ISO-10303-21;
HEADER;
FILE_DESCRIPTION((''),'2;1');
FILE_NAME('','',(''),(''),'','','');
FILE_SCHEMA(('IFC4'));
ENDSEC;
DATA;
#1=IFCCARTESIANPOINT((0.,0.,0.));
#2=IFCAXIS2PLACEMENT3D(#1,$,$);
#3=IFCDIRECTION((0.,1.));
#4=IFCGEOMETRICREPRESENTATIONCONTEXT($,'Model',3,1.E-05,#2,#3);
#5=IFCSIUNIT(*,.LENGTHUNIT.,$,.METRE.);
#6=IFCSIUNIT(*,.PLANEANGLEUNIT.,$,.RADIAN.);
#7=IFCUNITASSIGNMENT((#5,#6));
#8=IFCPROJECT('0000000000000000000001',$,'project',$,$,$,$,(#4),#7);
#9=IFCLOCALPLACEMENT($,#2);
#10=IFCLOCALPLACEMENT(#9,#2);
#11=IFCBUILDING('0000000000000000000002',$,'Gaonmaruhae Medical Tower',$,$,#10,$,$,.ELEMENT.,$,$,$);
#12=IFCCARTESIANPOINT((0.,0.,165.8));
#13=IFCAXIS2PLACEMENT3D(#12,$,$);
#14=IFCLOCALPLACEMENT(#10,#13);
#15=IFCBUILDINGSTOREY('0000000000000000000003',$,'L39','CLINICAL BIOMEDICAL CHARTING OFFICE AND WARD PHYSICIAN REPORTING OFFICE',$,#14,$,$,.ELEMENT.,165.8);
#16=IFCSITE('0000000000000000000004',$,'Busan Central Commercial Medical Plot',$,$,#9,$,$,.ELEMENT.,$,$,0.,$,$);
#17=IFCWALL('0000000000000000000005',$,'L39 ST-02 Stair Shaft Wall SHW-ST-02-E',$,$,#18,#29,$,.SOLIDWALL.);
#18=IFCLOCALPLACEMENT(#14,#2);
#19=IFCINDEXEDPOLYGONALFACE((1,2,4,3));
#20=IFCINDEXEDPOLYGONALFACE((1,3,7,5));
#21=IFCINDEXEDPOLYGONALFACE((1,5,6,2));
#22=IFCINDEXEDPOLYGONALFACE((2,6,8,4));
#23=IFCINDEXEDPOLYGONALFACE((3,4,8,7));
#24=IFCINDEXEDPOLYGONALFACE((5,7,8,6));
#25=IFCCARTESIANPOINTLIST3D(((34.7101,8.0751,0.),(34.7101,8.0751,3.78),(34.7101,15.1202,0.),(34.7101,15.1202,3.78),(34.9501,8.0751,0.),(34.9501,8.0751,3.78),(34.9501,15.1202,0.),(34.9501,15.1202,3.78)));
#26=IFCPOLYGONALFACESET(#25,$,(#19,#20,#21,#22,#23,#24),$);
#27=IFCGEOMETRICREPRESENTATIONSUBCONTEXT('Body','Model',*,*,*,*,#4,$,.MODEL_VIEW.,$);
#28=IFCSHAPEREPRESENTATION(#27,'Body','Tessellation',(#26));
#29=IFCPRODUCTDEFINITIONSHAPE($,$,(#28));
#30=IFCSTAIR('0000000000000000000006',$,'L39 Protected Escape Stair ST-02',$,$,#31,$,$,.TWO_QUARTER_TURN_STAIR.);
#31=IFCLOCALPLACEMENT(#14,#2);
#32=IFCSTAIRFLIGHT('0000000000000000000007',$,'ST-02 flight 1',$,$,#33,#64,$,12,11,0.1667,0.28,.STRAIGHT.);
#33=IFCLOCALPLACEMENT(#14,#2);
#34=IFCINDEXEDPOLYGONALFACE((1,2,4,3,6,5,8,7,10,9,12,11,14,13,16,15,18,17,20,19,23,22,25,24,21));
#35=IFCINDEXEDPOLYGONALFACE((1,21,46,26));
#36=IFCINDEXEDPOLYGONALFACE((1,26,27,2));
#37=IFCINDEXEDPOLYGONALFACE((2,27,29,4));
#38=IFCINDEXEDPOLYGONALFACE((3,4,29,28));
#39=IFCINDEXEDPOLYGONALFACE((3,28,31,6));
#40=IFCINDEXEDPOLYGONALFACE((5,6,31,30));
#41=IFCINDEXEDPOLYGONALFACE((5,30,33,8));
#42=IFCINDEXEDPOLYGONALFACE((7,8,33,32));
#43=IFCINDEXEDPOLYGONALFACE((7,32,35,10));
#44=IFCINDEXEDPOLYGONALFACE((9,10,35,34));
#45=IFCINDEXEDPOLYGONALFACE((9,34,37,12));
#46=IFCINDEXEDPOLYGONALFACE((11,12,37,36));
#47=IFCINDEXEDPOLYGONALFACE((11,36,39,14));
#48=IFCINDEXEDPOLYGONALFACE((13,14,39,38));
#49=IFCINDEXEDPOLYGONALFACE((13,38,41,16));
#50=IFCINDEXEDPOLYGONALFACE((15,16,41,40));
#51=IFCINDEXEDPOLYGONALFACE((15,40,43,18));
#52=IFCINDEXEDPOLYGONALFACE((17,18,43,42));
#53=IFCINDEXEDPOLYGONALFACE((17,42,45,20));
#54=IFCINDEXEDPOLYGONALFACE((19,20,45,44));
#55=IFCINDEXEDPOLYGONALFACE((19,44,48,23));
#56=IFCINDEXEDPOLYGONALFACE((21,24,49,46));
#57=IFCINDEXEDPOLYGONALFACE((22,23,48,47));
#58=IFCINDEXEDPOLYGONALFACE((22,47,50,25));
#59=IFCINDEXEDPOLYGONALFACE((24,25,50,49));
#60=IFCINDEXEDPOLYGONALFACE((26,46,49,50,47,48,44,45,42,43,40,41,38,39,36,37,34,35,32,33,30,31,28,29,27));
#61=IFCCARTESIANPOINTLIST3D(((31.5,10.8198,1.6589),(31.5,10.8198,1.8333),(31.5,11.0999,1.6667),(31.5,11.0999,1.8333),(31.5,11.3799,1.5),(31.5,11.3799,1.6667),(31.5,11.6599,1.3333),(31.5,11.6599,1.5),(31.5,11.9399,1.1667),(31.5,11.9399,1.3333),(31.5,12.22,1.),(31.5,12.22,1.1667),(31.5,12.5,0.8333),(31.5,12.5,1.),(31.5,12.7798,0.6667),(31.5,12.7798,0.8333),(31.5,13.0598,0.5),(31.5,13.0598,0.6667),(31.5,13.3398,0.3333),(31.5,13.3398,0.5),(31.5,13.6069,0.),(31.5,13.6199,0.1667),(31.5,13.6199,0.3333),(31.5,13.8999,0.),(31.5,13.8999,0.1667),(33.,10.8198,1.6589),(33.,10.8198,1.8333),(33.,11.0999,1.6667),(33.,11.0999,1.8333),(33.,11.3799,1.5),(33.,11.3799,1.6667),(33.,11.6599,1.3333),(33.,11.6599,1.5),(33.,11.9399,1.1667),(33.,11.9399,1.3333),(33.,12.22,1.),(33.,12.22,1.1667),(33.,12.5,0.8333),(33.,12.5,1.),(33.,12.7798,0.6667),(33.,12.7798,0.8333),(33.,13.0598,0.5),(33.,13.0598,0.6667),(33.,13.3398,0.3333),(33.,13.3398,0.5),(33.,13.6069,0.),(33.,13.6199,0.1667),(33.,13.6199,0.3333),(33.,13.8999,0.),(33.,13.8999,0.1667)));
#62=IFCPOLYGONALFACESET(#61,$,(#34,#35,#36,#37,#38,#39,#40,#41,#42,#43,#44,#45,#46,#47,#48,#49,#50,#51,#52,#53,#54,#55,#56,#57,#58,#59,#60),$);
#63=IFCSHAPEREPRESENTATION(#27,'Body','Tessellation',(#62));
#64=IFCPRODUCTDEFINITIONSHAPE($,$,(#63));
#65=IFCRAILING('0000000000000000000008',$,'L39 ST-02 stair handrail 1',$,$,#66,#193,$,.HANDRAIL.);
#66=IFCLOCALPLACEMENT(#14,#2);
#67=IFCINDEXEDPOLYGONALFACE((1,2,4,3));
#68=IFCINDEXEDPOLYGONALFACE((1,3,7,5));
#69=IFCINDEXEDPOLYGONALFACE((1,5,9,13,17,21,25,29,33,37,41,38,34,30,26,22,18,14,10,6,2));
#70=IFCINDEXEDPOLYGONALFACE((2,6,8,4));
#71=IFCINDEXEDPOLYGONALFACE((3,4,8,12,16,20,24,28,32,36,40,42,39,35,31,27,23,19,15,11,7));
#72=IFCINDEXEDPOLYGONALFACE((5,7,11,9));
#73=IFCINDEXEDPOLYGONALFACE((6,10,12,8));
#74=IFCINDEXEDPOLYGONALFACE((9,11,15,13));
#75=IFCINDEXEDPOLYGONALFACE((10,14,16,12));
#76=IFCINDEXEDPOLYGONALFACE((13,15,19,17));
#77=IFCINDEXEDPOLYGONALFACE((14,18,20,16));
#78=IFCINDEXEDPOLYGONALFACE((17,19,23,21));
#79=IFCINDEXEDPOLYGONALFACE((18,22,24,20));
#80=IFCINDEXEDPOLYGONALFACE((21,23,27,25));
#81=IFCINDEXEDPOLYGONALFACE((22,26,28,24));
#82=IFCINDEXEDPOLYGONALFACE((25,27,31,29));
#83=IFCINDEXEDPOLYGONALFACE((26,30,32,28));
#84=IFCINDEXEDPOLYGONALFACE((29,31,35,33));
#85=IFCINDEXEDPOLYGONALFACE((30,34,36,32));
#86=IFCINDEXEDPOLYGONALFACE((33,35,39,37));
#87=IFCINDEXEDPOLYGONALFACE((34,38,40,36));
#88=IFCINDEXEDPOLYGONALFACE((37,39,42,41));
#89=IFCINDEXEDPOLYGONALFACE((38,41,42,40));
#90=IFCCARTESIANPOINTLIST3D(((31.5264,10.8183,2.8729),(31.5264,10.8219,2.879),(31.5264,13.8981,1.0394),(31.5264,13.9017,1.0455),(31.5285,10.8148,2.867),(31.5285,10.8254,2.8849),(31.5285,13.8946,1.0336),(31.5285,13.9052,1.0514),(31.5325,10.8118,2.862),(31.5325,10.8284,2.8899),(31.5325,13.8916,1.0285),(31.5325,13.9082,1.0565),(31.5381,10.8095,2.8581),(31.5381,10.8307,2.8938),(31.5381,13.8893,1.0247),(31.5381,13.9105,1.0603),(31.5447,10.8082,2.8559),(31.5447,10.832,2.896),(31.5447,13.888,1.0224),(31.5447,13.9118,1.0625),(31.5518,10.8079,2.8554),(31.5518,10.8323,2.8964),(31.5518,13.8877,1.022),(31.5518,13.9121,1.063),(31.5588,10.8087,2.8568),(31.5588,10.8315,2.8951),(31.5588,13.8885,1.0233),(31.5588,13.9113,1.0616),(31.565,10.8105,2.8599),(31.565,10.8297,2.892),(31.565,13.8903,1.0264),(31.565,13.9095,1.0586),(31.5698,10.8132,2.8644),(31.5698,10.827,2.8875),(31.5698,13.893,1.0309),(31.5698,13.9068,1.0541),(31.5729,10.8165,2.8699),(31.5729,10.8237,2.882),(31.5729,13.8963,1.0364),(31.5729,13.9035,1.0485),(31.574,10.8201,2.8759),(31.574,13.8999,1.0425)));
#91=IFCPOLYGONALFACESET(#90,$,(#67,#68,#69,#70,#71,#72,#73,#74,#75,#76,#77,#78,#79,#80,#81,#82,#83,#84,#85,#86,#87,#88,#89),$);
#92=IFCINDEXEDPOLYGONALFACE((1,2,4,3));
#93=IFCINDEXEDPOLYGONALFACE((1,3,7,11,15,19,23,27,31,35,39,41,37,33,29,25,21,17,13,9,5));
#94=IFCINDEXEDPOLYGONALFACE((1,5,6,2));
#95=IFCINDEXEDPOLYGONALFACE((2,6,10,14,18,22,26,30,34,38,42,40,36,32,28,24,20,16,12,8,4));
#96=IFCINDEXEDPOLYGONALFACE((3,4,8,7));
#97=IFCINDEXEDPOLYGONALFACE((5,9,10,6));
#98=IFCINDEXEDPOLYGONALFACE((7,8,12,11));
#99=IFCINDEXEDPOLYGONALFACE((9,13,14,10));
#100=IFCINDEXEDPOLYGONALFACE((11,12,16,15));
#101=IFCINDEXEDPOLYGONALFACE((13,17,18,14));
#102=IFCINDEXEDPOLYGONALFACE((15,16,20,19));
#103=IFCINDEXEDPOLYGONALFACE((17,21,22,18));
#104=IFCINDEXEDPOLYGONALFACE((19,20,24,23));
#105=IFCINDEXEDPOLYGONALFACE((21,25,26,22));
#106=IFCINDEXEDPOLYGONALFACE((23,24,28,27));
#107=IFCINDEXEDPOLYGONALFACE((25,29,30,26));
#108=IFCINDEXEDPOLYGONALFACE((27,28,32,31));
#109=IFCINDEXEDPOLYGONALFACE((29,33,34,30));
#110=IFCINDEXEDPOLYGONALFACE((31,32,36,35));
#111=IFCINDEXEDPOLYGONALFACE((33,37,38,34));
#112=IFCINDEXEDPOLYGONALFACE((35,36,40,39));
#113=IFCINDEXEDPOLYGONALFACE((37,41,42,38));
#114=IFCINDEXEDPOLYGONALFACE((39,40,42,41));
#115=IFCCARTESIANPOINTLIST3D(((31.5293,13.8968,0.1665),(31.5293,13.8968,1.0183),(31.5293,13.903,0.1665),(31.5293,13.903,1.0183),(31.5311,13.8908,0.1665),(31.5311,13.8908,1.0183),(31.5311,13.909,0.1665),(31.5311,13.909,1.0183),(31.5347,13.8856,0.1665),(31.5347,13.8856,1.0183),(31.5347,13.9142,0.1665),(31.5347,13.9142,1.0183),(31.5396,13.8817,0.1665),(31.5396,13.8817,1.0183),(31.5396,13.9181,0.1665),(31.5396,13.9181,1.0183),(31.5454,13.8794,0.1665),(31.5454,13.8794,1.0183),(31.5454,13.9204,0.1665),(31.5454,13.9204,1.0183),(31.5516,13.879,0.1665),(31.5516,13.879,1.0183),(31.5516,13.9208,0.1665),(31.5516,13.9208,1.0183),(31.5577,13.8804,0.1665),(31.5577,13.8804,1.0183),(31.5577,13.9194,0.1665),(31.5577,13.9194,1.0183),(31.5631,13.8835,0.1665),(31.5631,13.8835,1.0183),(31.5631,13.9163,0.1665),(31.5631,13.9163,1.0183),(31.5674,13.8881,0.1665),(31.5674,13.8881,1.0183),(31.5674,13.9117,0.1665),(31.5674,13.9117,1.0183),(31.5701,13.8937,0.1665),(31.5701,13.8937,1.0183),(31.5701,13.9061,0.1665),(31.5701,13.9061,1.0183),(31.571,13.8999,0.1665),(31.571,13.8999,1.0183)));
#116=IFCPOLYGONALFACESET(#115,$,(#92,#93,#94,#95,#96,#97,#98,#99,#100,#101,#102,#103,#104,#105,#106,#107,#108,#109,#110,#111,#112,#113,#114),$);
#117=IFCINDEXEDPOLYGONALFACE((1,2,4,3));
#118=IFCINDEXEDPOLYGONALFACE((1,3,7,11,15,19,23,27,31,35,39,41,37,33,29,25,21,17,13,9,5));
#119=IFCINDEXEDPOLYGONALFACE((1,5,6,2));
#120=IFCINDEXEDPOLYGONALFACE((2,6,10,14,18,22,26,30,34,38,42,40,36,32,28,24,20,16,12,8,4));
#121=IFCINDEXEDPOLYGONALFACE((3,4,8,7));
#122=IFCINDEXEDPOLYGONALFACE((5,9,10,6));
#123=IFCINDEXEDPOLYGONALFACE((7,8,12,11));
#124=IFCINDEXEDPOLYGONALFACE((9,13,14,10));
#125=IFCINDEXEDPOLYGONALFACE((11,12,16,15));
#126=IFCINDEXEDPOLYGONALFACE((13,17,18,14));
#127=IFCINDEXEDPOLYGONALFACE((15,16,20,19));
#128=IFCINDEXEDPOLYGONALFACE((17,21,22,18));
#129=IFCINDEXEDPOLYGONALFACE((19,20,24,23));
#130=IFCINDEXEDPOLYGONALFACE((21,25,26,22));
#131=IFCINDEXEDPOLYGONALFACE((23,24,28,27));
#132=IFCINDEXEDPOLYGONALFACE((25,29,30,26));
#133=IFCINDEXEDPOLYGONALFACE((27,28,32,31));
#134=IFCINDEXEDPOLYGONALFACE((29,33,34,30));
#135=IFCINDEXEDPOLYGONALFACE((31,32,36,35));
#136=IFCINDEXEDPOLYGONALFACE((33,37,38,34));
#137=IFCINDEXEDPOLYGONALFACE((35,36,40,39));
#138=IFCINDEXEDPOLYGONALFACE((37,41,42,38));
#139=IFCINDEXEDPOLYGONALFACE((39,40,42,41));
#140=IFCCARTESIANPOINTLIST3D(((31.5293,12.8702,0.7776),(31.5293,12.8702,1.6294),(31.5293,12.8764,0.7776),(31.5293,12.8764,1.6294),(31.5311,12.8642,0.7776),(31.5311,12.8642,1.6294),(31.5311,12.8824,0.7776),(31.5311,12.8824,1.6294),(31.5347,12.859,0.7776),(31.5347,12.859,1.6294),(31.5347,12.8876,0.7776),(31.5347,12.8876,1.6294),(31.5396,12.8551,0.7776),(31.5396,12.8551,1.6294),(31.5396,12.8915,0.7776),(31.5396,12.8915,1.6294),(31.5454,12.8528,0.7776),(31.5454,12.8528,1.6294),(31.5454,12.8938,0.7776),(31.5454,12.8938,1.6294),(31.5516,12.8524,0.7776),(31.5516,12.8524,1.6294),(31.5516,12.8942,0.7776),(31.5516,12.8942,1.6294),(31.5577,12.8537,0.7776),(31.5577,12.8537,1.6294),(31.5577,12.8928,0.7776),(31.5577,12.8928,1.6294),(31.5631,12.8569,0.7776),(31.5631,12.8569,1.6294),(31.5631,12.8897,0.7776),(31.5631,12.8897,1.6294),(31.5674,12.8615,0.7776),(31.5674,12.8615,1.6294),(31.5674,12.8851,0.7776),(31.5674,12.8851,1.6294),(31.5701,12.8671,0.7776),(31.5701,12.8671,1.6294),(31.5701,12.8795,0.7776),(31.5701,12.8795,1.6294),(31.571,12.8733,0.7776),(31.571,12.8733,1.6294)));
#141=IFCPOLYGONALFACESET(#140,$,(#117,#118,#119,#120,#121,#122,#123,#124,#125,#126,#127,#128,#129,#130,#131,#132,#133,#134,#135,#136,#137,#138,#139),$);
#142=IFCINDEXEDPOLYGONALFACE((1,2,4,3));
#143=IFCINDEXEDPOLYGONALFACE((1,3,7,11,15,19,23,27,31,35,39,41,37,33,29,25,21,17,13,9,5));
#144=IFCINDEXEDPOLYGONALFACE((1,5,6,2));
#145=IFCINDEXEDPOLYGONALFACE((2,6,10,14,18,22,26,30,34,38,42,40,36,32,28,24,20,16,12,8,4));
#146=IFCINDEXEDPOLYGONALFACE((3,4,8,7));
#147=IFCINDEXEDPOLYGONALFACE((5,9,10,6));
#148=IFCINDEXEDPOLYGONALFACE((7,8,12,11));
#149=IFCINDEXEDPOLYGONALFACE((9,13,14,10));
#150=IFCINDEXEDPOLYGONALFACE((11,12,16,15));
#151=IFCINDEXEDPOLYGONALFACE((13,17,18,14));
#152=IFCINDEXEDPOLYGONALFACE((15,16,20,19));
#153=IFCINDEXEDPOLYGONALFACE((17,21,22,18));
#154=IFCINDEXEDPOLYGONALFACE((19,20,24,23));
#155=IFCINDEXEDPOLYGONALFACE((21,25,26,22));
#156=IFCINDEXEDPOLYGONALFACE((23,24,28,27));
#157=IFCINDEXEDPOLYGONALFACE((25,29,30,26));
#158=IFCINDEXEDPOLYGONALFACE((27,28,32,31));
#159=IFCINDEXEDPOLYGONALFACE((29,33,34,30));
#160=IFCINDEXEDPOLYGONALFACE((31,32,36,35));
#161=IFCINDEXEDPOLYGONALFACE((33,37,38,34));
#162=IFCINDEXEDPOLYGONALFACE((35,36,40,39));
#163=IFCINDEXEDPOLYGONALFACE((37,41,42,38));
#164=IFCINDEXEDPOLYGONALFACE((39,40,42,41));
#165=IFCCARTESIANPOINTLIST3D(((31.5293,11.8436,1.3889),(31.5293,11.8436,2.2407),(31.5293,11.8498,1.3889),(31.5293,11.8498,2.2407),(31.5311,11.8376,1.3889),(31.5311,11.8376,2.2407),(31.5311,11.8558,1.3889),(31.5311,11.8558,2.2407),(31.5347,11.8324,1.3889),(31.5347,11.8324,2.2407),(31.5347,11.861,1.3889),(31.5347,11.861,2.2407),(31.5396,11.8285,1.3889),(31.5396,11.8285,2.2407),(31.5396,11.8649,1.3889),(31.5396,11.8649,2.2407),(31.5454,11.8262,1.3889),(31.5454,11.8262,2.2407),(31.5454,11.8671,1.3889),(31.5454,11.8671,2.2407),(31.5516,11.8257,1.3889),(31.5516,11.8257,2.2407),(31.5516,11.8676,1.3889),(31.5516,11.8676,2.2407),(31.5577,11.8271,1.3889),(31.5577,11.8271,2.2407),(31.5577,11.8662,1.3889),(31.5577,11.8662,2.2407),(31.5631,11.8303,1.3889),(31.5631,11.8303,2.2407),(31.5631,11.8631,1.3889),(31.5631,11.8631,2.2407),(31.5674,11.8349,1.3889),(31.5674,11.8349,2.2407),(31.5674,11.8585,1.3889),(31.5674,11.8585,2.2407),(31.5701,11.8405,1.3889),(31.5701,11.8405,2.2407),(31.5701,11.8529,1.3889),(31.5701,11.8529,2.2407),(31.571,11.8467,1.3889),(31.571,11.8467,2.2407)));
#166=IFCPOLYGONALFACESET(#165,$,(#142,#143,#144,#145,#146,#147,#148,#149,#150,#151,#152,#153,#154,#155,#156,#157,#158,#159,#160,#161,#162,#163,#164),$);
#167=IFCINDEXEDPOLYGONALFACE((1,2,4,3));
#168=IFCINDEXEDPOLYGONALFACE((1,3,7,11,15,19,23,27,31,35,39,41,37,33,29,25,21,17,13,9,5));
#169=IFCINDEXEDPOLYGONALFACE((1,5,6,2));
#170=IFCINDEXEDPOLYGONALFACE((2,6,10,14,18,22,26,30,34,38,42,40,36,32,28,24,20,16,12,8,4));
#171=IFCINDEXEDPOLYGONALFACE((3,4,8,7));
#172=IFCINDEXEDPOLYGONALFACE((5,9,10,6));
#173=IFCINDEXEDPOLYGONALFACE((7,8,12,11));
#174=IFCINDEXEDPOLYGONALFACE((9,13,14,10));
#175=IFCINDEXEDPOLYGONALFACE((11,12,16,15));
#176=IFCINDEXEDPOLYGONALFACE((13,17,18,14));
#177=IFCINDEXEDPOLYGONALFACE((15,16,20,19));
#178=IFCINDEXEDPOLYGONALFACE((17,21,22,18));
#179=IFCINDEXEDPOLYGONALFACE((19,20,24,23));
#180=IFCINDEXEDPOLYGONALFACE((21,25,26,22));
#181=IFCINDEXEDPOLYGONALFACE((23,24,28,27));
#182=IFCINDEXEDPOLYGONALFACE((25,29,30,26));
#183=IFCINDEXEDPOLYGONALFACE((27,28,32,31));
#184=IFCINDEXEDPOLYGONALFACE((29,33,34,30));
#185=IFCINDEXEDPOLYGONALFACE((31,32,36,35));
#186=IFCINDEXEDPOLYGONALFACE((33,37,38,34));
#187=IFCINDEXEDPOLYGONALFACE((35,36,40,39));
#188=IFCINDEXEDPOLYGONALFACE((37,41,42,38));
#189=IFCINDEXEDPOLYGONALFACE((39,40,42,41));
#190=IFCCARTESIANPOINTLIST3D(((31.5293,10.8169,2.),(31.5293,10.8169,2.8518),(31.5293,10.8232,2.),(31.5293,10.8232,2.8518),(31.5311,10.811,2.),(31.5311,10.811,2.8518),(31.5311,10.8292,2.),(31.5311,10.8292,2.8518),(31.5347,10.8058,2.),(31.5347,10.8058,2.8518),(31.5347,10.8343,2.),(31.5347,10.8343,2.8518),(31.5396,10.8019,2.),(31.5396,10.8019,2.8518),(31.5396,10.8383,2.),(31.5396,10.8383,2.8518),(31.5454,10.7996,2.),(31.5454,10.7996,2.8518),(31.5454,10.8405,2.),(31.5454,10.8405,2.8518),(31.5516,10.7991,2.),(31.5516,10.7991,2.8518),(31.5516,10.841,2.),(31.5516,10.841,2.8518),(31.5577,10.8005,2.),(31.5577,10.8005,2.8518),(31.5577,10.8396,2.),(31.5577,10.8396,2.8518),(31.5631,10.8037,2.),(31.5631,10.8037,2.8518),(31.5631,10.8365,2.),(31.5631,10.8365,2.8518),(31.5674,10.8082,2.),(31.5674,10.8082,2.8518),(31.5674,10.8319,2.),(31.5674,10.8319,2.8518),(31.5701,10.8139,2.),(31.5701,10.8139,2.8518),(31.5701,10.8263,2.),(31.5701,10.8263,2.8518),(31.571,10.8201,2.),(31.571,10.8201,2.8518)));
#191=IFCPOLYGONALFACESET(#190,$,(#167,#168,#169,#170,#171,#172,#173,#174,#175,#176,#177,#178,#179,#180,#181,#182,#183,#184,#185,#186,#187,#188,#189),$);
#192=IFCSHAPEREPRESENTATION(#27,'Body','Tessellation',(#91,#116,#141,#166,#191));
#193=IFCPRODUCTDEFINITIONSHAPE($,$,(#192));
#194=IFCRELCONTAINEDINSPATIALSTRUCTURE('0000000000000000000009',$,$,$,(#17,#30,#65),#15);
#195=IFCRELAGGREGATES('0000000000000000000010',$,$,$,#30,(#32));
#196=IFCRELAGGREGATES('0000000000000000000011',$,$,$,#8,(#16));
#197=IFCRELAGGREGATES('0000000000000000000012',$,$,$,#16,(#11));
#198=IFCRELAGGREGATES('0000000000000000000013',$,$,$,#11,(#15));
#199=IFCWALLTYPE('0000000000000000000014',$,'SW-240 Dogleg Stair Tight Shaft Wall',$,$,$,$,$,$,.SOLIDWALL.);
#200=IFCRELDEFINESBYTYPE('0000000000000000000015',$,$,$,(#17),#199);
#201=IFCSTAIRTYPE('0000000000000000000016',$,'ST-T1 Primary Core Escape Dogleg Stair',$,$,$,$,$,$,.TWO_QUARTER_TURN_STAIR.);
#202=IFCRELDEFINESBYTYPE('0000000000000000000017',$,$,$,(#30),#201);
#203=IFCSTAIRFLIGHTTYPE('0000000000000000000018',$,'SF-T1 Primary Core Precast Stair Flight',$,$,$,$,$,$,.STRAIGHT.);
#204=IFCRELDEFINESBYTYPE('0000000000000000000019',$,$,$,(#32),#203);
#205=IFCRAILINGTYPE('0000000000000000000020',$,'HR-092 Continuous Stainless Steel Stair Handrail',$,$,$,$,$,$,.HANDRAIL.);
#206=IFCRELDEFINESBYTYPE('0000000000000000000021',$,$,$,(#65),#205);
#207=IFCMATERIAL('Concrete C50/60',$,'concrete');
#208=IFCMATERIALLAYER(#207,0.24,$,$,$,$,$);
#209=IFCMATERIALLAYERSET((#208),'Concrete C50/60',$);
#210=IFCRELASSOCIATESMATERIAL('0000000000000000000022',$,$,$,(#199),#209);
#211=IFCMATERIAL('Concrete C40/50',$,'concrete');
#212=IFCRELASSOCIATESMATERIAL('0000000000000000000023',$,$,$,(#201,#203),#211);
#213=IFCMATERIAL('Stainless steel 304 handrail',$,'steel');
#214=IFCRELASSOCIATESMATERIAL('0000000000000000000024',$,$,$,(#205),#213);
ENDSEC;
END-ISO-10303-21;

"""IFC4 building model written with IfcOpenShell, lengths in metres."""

from ifc_helpers import new_model, si_unit, direction, frame, frame_2d, origin, origin_2d, place, context, subcontext, project, spatial, polyline, rectangle, circle, outline, extrude, material, layer, layer_set, type_object, element, aggregate, save


model = new_model("IFC4")

# Units and contexts
model_context = context("Model", 3, precision=1e-05, world=origin(), true_north=direction((0.0, 1.0)))
body_context = subcontext(model_context, "Body", "Model", "MODEL_VIEW")
ifc_project = project(units=[si_unit("LENGTHUNIT", "METRE"), si_unit("PLANEANGLEUNIT", "RADIAN")], contexts=[model_context])

# Site, building, storey
site_placement = place(None, origin())
site = spatial("IfcSite", under=ifc_project, at=site_placement, Name="Busan Central Commercial Medical Plot", CompositionType="ELEMENT", RefElevation=0.0)
building_placement = place(site_placement, origin())
building = spatial("IfcBuilding", under=site, at=building_placement, Name="Gaonmaruhae Medical Tower", CompositionType="ELEMENT")
storey_placement = place(building_placement, frame((0.0, 0.0, 165.8)))
storey = spatial("IfcBuildingStorey", under=building, at=storey_placement, Name="L39", Description="CLINICAL BIOMEDICAL CHARTING OFFICE AND WARD PHYSICIAN REPORTING OFFICE", CompositionType="ELEMENT", Elevation=165.8)

# Shared definitions
ifc_material_1 = material(Name="Concrete C50/60", Category="concrete")

# Shared definitions
ifc_layer_1 = layer(ifc_material_1, 0.24)
ifc_layer_set_1 = layer_set([ifc_layer_1], Name="Concrete C50/60")
wall_type_1 = type_object("IfcWallType", Name="SW-240 Dogleg Stair Tight Shaft Wall", PredefinedType="SOLIDWALL", material=ifc_layer_set_1)

# Wall
wall_1_placement = place(storey_placement, frame((34.8301, 15.1201, 0.0), z_axis=(0.0, 0.0, 1.0), x_axis=(0.0, -1.0, 0.0)))
element("IfcWall", 1, at=wall_1_placement, inside=storey, type_object=wall_type_1, Name="L39 ST-02 Stair Shaft Wall SHW-ST-02-E", PredefinedType="SOLIDWALL", context=body_context, shape_type="SweptSolid", body=[
    extrude(rectangle(XDim=7.0452, YDim=0.24, at=frame_2d((3.5225, 0.0))), origin(), (0.0, 0.0, 1.0), 3.78),
])

# Stair, stair flight
ifc_material_2 = material(Name="Concrete C40/50", Category="concrete")
stair_type = type_object("IfcStairType", Name="ST-T1 Primary Core Escape Dogleg Stair", PredefinedType="TWO_QUARTER_TURN_STAIR", material=ifc_material_2)
stair_placement = place(storey_placement, origin())
stair = element("IfcStair", 2, at=stair_placement, inside=storey, type_object=stair_type, Name="L39 Protected Escape Stair ST-02", PredefinedType="TWO_QUARTER_TURN_STAIR")
stair_flight_type = type_object("IfcStairFlightType", Name="SF-T1 Primary Core Precast Stair Flight", PredefinedType="STRAIGHT", material=ifc_material_2)
stair_flight_placement = place(storey_placement, frame((32.25, 13.8999, 0.0), z_axis=(0.0, 0.0, 1.0), x_axis=(0.0, -1.0, 0.0)))
stair_flight = element("IfcStairFlight", 3, at=stair_flight_placement, type_object=stair_flight_type, Name="ST-02 flight 1", NumberOfRisers=12, NumberOfTreads=11, PredefinedType="STRAIGHT", RiserHeight=0.1667, TreadLength=0.28, context=body_context, shape_type="SweptSolid", body=[
    extrude(outline(polyline([(0.0, 0.0), (0.0, 0.1667), (0.28, 0.1667), (0.28, 0.3333), (0.5601, 0.3333), (0.5601, 0.5), (0.8401, 0.5), (0.8401, 0.6667), (1.1201, 0.6667), (1.1201, 0.8333), (1.3999, 0.8333), (1.3999, 1.0), (1.6799, 1.0), (1.6799, 1.1667), (1.96, 1.1667), (1.96, 1.3333), (2.24, 1.3333), (2.24, 1.5), (2.52, 1.5), (2.52, 1.6667), (2.8, 1.6667), (2.8, 1.8333), (3.0801, 1.8333), (3.0801, 2.0), (3.0801, 1.6589), (0.293, 0.0), (0.0, 0.0)])), frame((0.0, 0.75, 0.0), z_axis=(0.0, -1.0, 0.0), x_axis=(1.0, 0.0, 0.0)), (0.0, 0.0, 1.0), 1.5),
])
aggregate(stair, [stair_flight])

# Railing
ifc_material_3 = material(Name="Stainless steel 304 handrail", Category="steel")
railing_type_1 = type_object("IfcRailingType", Name="HR-092 Continuous Stainless Steel Stair Handrail", PredefinedType="HANDRAIL", material=ifc_material_3)
railing_1_placement = place(storey_placement, frame((31.55, 13.8999, 0.1665)))
element("IfcRailing", 4, at=railing_1_placement, inside=storey, type_object=railing_type_1, Name="L39 ST-02 stair handrail 1", PredefinedType="HANDRAIL", context=body_context, shape_type="SweptSolid", body=[
    extrude(circle(Radius=0.0239, at=origin_2d()), frame((0.0, 0.0, 0.876), z_axis=(0.0, -0.859261, 0.511538), x_axis=(1.0, 0.0, 0.0)), (0.0, 0.0, 1.0), 3.5842),
    extrude(circle(Radius=0.021, at=origin_2d()), origin(), (0.0, 0.0, 1.0), 0.8518),
    extrude(circle(Radius=0.021, at=origin_2d()), frame((0.0, -1.0266, 0.6111)), (0.0, 0.0, 1.0), 0.8518),
    extrude(circle(Radius=0.021, at=origin_2d()), frame((0.0, -2.0532, 1.2224)), (0.0, 0.0, 1.0), 0.8518),
    extrude(circle(Radius=0.021, at=origin_2d()), frame((0.0, -3.0798, 1.8335)), (0.0, 0.0, 1.0), 0.8518),
])

save(model, "model.ifc")
